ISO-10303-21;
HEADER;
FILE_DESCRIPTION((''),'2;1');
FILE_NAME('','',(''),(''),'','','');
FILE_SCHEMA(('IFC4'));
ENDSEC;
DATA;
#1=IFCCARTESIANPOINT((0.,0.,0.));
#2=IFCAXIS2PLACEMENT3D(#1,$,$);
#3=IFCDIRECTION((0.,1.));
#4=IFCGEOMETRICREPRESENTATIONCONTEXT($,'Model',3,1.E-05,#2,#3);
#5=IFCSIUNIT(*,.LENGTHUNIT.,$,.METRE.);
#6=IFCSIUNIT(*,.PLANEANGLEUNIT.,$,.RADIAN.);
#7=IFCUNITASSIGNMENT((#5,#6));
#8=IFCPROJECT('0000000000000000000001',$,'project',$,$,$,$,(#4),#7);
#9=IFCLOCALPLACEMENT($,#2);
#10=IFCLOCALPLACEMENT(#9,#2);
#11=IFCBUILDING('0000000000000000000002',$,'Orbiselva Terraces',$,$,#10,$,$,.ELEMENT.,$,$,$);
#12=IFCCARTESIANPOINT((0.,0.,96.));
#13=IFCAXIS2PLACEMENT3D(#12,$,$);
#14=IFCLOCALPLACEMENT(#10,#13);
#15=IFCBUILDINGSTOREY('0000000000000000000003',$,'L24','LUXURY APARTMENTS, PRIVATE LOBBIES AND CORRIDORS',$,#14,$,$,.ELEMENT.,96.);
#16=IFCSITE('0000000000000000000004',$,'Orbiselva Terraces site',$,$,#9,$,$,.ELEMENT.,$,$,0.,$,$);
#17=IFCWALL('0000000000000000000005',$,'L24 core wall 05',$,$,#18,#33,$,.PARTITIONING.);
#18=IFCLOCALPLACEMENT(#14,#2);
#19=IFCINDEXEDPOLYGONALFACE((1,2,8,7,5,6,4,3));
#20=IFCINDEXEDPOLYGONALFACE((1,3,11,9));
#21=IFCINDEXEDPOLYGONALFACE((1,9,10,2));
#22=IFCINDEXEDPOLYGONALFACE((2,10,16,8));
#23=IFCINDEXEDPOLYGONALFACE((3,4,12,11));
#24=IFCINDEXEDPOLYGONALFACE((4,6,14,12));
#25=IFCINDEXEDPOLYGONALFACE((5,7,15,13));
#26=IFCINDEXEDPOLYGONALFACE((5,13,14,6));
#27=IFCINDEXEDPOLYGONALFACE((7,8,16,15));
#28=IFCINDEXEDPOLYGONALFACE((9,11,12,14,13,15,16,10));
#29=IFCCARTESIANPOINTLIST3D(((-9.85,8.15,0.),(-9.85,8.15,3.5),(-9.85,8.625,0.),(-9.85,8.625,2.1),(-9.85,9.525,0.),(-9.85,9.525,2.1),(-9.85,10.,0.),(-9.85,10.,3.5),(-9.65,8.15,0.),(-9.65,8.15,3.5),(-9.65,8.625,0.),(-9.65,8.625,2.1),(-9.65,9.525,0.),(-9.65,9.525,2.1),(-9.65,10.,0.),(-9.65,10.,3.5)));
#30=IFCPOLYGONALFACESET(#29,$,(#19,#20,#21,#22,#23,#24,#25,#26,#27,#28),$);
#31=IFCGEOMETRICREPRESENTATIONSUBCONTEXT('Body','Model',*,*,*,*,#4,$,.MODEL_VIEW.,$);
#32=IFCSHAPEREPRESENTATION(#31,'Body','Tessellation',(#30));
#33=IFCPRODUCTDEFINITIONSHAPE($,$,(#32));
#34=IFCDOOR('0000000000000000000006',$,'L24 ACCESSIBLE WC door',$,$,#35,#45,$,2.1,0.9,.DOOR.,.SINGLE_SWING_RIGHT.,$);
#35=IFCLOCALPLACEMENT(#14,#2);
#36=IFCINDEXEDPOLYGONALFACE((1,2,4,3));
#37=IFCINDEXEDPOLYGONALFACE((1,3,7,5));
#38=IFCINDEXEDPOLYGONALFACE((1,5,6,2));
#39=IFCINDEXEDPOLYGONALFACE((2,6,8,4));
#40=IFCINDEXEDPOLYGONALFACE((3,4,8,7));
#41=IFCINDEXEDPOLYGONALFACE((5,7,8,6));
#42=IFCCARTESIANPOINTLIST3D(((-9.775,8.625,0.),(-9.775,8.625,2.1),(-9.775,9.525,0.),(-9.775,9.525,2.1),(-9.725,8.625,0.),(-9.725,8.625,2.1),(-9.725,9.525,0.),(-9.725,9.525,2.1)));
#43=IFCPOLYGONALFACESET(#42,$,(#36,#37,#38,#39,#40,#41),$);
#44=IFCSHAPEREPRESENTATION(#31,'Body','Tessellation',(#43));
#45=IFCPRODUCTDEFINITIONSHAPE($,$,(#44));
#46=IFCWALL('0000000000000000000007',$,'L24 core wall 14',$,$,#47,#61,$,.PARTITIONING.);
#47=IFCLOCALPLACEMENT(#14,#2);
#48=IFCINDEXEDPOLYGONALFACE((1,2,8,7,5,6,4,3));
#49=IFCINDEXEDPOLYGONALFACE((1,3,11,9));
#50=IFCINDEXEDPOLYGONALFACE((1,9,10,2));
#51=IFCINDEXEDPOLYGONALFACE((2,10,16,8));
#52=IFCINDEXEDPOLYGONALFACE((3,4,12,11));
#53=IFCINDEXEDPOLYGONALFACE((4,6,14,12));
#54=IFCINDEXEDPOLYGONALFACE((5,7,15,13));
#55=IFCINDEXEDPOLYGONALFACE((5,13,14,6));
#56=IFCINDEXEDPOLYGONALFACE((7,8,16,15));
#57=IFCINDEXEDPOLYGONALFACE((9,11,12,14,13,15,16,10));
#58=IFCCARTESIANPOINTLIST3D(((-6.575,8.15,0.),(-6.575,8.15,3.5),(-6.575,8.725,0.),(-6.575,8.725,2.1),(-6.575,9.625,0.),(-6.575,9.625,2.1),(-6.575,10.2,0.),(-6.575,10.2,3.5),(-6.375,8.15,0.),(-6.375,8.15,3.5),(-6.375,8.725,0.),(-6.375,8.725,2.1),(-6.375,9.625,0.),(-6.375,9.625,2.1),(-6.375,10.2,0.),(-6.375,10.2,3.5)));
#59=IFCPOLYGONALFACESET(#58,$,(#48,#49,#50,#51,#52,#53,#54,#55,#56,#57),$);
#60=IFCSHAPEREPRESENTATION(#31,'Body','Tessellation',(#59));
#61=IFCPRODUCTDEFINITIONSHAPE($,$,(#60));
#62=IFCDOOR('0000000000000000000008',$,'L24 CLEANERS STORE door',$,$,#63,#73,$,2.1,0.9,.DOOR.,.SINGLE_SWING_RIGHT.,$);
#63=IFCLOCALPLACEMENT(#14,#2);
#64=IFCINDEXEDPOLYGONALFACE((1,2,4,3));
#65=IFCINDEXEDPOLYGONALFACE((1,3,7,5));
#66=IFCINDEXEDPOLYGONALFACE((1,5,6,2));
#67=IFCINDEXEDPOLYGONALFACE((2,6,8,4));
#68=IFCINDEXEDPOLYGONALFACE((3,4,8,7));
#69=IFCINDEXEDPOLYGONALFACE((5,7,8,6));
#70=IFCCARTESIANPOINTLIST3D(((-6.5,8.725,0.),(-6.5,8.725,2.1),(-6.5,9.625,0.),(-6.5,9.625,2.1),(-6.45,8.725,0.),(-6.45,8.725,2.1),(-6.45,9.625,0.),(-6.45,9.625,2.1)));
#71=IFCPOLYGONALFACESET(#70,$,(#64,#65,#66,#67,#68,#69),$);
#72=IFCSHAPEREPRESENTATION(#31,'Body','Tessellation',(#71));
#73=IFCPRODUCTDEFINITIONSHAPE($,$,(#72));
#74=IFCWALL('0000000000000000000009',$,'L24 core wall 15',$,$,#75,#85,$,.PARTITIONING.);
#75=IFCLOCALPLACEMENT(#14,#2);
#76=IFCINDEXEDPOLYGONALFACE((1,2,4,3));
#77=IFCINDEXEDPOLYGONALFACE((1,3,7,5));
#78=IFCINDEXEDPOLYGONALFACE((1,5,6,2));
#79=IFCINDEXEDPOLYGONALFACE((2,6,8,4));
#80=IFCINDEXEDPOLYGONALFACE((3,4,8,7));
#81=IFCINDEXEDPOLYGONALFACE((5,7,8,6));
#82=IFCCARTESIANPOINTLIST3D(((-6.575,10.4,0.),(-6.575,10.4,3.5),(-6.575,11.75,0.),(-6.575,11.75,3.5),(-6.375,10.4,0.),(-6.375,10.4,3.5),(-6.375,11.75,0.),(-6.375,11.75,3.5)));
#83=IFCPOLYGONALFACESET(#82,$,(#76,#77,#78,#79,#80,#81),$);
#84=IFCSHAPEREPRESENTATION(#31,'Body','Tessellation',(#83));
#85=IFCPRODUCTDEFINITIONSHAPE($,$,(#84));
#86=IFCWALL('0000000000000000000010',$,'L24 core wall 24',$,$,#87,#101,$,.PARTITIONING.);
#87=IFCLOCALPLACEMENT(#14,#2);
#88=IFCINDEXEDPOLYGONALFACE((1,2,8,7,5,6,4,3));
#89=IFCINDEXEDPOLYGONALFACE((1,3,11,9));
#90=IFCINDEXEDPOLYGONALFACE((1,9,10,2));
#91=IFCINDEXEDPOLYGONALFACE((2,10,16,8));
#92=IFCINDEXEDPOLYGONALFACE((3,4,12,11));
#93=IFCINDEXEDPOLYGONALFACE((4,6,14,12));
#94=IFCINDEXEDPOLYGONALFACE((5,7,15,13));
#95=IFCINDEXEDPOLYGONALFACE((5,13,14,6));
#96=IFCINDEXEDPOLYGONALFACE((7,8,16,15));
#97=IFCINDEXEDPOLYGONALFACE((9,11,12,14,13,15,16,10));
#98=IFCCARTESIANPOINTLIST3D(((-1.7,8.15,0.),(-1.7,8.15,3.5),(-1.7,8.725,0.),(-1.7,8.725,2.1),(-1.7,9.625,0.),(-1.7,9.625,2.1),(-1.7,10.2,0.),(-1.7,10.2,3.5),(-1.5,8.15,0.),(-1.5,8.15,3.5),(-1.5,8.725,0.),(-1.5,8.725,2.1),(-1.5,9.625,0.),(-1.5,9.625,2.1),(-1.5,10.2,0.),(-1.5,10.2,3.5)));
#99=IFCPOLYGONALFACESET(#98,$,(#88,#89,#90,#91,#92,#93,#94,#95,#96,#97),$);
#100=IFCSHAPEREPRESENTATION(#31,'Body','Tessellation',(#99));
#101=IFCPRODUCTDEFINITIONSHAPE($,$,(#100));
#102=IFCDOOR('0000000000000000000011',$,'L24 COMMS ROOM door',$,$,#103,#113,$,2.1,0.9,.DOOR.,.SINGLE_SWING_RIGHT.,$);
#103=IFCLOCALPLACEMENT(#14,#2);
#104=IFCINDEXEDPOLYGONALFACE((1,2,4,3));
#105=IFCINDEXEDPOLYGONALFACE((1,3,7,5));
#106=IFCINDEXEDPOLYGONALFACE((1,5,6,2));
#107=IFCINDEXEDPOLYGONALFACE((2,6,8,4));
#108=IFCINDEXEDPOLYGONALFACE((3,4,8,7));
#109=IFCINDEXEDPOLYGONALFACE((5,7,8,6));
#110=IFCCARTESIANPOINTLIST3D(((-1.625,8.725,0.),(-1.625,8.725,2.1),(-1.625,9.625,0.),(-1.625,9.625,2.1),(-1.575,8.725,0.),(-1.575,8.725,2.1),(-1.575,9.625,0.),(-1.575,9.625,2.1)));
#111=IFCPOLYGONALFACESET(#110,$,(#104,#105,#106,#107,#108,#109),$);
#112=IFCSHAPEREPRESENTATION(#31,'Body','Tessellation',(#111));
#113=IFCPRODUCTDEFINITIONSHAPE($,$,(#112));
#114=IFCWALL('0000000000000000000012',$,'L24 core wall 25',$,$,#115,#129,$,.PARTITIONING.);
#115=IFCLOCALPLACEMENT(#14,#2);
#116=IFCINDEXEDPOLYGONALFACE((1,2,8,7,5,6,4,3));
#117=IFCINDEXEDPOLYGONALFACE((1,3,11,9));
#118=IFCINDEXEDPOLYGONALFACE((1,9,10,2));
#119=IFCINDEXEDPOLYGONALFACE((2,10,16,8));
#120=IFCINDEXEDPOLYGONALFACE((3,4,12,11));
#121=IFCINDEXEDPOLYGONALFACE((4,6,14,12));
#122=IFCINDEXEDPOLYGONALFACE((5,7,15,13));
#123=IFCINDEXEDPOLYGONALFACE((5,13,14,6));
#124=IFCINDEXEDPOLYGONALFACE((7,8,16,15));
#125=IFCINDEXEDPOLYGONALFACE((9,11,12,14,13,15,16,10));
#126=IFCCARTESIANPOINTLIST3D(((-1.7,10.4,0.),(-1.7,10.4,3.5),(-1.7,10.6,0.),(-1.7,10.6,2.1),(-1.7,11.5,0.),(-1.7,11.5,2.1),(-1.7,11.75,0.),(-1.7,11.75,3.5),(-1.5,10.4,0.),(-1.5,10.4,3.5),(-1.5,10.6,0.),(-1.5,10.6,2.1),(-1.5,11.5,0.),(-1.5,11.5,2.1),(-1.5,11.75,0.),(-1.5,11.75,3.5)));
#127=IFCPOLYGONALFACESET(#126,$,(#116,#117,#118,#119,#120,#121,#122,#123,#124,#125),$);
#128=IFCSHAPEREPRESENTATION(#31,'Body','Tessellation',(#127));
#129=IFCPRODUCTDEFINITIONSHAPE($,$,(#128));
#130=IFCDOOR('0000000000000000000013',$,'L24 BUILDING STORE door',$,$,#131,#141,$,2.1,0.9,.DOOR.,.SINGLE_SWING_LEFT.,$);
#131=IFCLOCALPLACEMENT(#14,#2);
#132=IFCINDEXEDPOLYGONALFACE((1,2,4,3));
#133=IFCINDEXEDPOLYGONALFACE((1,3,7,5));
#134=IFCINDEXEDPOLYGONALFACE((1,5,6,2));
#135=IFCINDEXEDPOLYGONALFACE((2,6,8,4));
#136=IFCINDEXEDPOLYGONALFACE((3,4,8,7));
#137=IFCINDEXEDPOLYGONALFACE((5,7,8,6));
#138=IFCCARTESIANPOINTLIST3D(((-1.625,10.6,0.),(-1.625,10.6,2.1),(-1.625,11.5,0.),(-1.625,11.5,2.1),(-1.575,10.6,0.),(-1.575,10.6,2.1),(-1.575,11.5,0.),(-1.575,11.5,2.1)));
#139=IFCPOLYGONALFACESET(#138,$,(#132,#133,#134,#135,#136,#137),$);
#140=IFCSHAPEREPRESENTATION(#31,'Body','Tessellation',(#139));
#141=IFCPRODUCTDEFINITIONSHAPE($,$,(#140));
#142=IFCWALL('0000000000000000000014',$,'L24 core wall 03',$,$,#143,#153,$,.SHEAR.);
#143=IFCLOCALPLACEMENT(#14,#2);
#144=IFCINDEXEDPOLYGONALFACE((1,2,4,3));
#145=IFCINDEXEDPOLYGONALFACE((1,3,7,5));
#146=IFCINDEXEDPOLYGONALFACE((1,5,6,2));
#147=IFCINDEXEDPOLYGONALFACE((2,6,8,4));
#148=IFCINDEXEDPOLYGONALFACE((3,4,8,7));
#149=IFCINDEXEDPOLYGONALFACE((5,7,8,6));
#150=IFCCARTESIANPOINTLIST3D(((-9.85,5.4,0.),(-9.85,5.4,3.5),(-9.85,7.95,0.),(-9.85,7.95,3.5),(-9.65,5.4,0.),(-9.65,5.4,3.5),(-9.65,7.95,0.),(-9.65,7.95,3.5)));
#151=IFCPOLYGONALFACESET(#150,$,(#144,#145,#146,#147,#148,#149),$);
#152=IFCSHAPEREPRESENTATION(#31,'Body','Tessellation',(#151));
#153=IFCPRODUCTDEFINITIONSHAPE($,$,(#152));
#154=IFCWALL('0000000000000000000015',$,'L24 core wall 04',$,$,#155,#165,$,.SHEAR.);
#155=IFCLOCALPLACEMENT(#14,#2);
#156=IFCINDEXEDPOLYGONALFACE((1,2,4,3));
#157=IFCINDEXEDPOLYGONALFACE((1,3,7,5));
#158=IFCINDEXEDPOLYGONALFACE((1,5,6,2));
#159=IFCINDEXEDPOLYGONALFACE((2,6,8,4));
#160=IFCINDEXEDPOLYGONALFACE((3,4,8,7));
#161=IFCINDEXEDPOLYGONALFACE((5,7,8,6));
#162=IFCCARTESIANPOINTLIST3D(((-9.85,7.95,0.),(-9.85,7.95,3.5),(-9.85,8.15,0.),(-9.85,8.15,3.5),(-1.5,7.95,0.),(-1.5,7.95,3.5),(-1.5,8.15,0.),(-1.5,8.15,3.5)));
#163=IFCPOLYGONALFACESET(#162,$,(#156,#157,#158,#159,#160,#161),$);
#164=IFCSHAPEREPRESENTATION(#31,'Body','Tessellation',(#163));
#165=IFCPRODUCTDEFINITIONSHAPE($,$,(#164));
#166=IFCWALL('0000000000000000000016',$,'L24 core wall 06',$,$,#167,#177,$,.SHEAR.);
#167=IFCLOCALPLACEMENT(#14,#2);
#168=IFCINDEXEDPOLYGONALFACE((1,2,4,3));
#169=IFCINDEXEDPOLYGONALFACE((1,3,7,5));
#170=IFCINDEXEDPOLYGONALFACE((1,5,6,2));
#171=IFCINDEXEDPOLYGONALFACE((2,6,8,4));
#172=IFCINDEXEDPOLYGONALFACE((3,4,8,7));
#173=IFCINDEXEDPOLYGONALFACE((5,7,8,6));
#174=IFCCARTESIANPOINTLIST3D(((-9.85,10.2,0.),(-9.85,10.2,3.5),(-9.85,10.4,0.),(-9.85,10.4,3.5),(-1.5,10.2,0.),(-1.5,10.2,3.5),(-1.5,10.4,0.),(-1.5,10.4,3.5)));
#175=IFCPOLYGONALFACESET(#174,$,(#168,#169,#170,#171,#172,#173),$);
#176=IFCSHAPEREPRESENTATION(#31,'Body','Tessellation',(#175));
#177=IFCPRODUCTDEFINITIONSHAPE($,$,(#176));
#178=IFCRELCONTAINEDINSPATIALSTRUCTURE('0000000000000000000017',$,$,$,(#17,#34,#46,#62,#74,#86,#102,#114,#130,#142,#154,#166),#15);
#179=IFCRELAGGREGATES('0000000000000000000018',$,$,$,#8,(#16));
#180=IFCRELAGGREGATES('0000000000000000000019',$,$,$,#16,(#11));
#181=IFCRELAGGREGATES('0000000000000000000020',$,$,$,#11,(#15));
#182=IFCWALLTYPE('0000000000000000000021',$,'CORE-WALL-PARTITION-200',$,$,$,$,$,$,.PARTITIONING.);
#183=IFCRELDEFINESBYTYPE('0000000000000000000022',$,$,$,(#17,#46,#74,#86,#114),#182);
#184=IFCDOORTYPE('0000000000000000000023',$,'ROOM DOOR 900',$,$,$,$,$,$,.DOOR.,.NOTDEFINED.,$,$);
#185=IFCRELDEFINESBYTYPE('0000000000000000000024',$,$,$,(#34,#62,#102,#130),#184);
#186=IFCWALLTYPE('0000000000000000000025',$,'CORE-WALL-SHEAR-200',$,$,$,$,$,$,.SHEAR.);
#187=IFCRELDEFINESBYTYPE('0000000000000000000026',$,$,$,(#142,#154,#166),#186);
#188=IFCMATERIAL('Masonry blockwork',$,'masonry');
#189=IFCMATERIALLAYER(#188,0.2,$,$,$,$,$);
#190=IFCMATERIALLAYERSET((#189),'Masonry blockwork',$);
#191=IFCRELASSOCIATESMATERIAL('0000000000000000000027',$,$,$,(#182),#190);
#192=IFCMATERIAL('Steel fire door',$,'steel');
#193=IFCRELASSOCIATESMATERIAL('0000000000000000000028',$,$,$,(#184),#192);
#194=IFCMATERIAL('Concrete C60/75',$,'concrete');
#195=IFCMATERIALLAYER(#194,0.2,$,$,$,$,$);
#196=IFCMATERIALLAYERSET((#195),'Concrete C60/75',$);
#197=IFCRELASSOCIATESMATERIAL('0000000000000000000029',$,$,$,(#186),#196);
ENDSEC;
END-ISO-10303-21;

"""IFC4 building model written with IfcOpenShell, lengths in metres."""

from ifc_helpers import new_model, si_unit, direction, frame, frame_2d, origin, place, context, subcontext, project, spatial, rectangle, extrude, material, layer, layer_set, type_object, element, fill, save


model = new_model("IFC4")

# Units and contexts
model_context = context("Model", 3, precision=1e-05, world=origin(), true_north=direction((0.0, 1.0)))
body_context = subcontext(model_context, "Body", "Model", "MODEL_VIEW")
ifc_project = project(units=[si_unit("LENGTHUNIT", "METRE"), si_unit("PLANEANGLEUNIT", "RADIAN")], contexts=[model_context])

# Site, building, storey
site_placement = place(None, origin())
site = spatial("IfcSite", under=ifc_project, at=site_placement, Name="Orbiselva Terraces site", CompositionType="ELEMENT", RefElevation=0.0)
building_placement = place(site_placement, origin())
building = spatial("IfcBuilding", under=site, at=building_placement, Name="Orbiselva Terraces", CompositionType="ELEMENT")
storey_placement = place(building_placement, frame((0.0, 0.0, 96.0)))
storey = spatial("IfcBuildingStorey", under=building, at=storey_placement, Name="L24", Description="LUXURY APARTMENTS, PRIVATE LOBBIES AND CORRIDORS", CompositionType="ELEMENT", Elevation=96.0)

# Walls, openings, doors
ifc_material_1 = material(Name="Masonry blockwork", Category="masonry")
ifc_layer_1 = layer(ifc_material_1, 0.2)
ifc_layer_set_1 = layer_set([ifc_layer_1], Name="Masonry blockwork")
wall_type_1 = type_object("IfcWallType", Name="CORE-WALL-PARTITION-200", PredefinedType="PARTITIONING", material=ifc_layer_set_1)
wall_1_placement = place(storey_placement, frame((-9.75, 8.15, 0.0), z_axis=(0.0, 0.0, 1.0), x_axis=(0.0, 1.0, 0.0)))
wall_1 = element("IfcWall", 1, at=wall_1_placement, inside=storey, type_object=wall_type_1, Name="L24 core wall 05", PredefinedType="PARTITIONING", context=body_context, shape_type="SweptSolid", body=[
    extrude(rectangle(XDim=1.85, YDim=0.2, at=frame_2d((0.925, 0.0))), origin(), (0.0, 0.0, 1.0), 3.5),
])
opening_1_placement = place(wall_1_placement, frame((0.475, 0.0, 0.0)))
opening_1 = element("IfcOpeningElement", 2, at=opening_1_placement, cuts=wall_1, PredefinedType="OPENING", context=body_context, shape_type="SweptSolid", body=[
    extrude(rectangle(XDim=0.9, YDim=2.1, at=frame_2d((0.45, 1.05))), frame((0.0, 0.11, 0.0), z_axis=(0.0, -1.0, 0.0), x_axis=(1.0, 0.0, 0.0)), (0.0, 0.0, 1.0), 0.22),
])
ifc_material_2 = material(Name="Steel fire door", Category="steel")
door_type = type_object("IfcDoorType", Name="ROOM DOOR 900", OperationType="NOTDEFINED", PredefinedType="DOOR", material=ifc_material_2)
door_1_placement = place(opening_1_placement, origin())
door_1 = element("IfcDoor", 3, at=door_1_placement, inside=storey, type_object=door_type, Name="L24 ACCESSIBLE WC door", OperationType="SINGLE_SWING_RIGHT", OverallHeight=2.1, OverallWidth=0.9, PredefinedType="DOOR", context=body_context, shape_type="SweptSolid", body=[
    extrude(rectangle(XDim=0.9, YDim=2.1, at=frame_2d((0.45, 1.05))), frame((0.0, 0.025, 0.0), z_axis=(0.0, -1.0, 0.0), x_axis=(1.0, 0.0, 0.0)), (0.0, 0.0, 1.0), 0.05),
])
fill(opening_1, door_1)
wall_2_placement = place(storey_placement, frame((-6.475, 8.15, 0.0), z_axis=(0.0, 0.0, 1.0), x_axis=(0.0, 1.0, 0.0)))
wall_2 = element("IfcWall", 4, at=wall_2_placement, inside=storey, type_object=wall_type_1, Name="L24 core wall 14", PredefinedType="PARTITIONING", context=body_context, shape_type="SweptSolid", body=[
    extrude(rectangle(XDim=2.05, YDim=0.2, at=frame_2d((1.025, 0.0))), origin(), (0.0, 0.0, 1.0), 3.5),
])
opening_2_placement = place(wall_2_placement, frame((0.575, 0.0, 0.0)))
opening_2 = element("IfcOpeningElement", 5, at=opening_2_placement, cuts=wall_2, PredefinedType="OPENING", context=body_context, shape_type="SweptSolid", body=[
    extrude(rectangle(XDim=0.9, YDim=2.1, at=frame_2d((0.45, 1.05))), frame((0.0, 0.11, 0.0), z_axis=(0.0, -1.0, 0.0), x_axis=(1.0, 0.0, 0.0)), (0.0, 0.0, 1.0), 0.22),
])
door_2_placement = place(opening_2_placement, origin())
door_2 = element("IfcDoor", 6, at=door_2_placement, inside=storey, type_object=door_type, Name="L24 CLEANERS STORE door", OperationType="SINGLE_SWING_RIGHT", OverallHeight=2.1, OverallWidth=0.9, PredefinedType="DOOR", context=body_context, shape_type="SweptSolid", body=[
    extrude(rectangle(XDim=0.9, YDim=2.1, at=frame_2d((0.45, 1.05))), frame((0.0, 0.025, 0.0), z_axis=(0.0, -1.0, 0.0), x_axis=(1.0, 0.0, 0.0)), (0.0, 0.0, 1.0), 0.05),
])
fill(opening_2, door_2)

# Wall
wall_3_placement = place(storey_placement, frame((-6.475, 10.4, 0.0), z_axis=(0.0, 0.0, 1.0), x_axis=(0.0, 1.0, 0.0)))
element("IfcWall", 7, at=wall_3_placement, inside=storey, type_object=wall_type_1, Name="L24 core wall 15", PredefinedType="PARTITIONING", context=body_context, shape_type="SweptSolid", body=[
    extrude(rectangle(XDim=1.35, YDim=0.2, at=frame_2d((0.675, 0.0))), origin(), (0.0, 0.0, 1.0), 3.5),
])

# Walls, openings, doors
wall_4_placement = place(storey_placement, frame((-1.6, 8.15, 0.0), z_axis=(0.0, 0.0, 1.0), x_axis=(0.0, 1.0, 0.0)))
wall_4 = element("IfcWall", 8, at=wall_4_placement, inside=storey, type_object=wall_type_1, Name="L24 core wall 24", PredefinedType="PARTITIONING", context=body_context, shape_type="SweptSolid", body=[
    extrude(rectangle(XDim=2.05, YDim=0.2, at=frame_2d((1.025, 0.0))), origin(), (0.0, 0.0, 1.0), 3.5),
])
opening_3_placement = place(wall_4_placement, frame((0.575, 0.0, 0.0)))
opening_3 = element("IfcOpeningElement", 9, at=opening_3_placement, cuts=wall_4, PredefinedType="OPENING", context=body_context, shape_type="SweptSolid", body=[
    extrude(rectangle(XDim=0.9, YDim=2.1, at=frame_2d((0.45, 1.05))), frame((0.0, 0.11, 0.0), z_axis=(0.0, -1.0, 0.0), x_axis=(1.0, 0.0, 0.0)), (0.0, 0.0, 1.0), 0.22),
])
door_3_placement = place(opening_3_placement, origin())
door_3 = element("IfcDoor", 10, at=door_3_placement, inside=storey, type_object=door_type, Name="L24 COMMS ROOM door", OperationType="SINGLE_SWING_RIGHT", OverallHeight=2.1, OverallWidth=0.9, PredefinedType="DOOR", context=body_context, shape_type="SweptSolid", body=[
    extrude(rectangle(XDim=0.9, YDim=2.1, at=frame_2d((0.45, 1.05))), frame((0.0, 0.025, 0.0), z_axis=(0.0, -1.0, 0.0), x_axis=(1.0, 0.0, 0.0)), (0.0, 0.0, 1.0), 0.05),
])
fill(opening_3, door_3)
wall_5_placement = place(storey_placement, frame((-1.6, 10.4, 0.0), z_axis=(0.0, 0.0, 1.0), x_axis=(0.0, 1.0, 0.0)))
wall_5 = element("IfcWall", 11, at=wall_5_placement, inside=storey, type_object=wall_type_1, Name="L24 core wall 25", PredefinedType="PARTITIONING", context=body_context, shape_type="SweptSolid", body=[
    extrude(rectangle(XDim=1.35, YDim=0.2, at=frame_2d((0.675, 0.0))), origin(), (0.0, 0.0, 1.0), 3.5),
])
opening_4_placement = place(wall_5_placement, frame((0.2, 0.0, 0.0)))
opening_4 = element("IfcOpeningElement", 12, at=opening_4_placement, cuts=wall_5, PredefinedType="OPENING", context=body_context, shape_type="SweptSolid", body=[
    extrude(rectangle(XDim=0.9, YDim=2.1, at=frame_2d((0.45, 1.05))), frame((0.0, 0.11, 0.0), z_axis=(0.0, -1.0, 0.0), x_axis=(1.0, 0.0, 0.0)), (0.0, 0.0, 1.0), 0.22),
])
door_4_placement = place(opening_4_placement, origin())
door_4 = element("IfcDoor", 13, at=door_4_placement, inside=storey, type_object=door_type, Name="L24 BUILDING STORE door", OperationType="SINGLE_SWING_LEFT", OverallHeight=2.1, OverallWidth=0.9, PredefinedType="DOOR", context=body_context, shape_type="SweptSolid", body=[
    extrude(rectangle(XDim=0.9, YDim=2.1, at=frame_2d((0.45, 1.05))), frame((0.0, 0.025, 0.0), z_axis=(0.0, -1.0, 0.0), x_axis=(1.0, 0.0, 0.0)), (0.0, 0.0, 1.0), 0.05),
])
fill(opening_4, door_4)

# Walls
ifc_material_3 = material(Name="Concrete C60/75", Category="concrete")
ifc_layer_2 = layer(ifc_material_3, 0.2)
ifc_layer_set_2 = layer_set([ifc_layer_2], Name="Concrete C60/75")
wall_type_2 = type_object("IfcWallType", Name="CORE-WALL-SHEAR-200", PredefinedType="SHEAR", material=ifc_layer_set_2)
wall_6_placement = place(storey_placement, frame((-9.75, 5.4, 0.0), z_axis=(0.0, 0.0, 1.0), x_axis=(0.0, 1.0, 0.0)))
element("IfcWall", 14, at=wall_6_placement, inside=storey, type_object=wall_type_2, Name="L24 core wall 03", PredefinedType="SHEAR", context=body_context, shape_type="SweptSolid", body=[
    extrude(rectangle(XDim=2.55, YDim=0.2, at=frame_2d((1.275, 0.0))), origin(), (0.0, 0.0, 1.0), 3.5),
])
for number, where, z_axis, x_axis, name in (
    (15, (-9.85, 8.05, 0.0), (0.0, 0.0, 1.0), (1.0, 0.0, 0.0), "L24 core wall 04"),
    (16, (-9.85, 10.3, 0.0), (0.0, 0.0, 1.0), (1.0, 0.0, 0.0), "L24 core wall 06"),
):
    element("IfcWall", number, at=place(storey_placement, frame(where, z_axis=z_axis, x_axis=x_axis)), inside=storey, type_object=wall_type_2, Name=name, PredefinedType="SHEAR", context=body_context, shape_type="SweptSolid", body=[
        extrude(rectangle(XDim=8.35, YDim=0.2, at=frame_2d((4.175, 0.0))), origin(), (0.0, 0.0, 1.0), 3.5),
    ])

save(model, "model.ifc")
